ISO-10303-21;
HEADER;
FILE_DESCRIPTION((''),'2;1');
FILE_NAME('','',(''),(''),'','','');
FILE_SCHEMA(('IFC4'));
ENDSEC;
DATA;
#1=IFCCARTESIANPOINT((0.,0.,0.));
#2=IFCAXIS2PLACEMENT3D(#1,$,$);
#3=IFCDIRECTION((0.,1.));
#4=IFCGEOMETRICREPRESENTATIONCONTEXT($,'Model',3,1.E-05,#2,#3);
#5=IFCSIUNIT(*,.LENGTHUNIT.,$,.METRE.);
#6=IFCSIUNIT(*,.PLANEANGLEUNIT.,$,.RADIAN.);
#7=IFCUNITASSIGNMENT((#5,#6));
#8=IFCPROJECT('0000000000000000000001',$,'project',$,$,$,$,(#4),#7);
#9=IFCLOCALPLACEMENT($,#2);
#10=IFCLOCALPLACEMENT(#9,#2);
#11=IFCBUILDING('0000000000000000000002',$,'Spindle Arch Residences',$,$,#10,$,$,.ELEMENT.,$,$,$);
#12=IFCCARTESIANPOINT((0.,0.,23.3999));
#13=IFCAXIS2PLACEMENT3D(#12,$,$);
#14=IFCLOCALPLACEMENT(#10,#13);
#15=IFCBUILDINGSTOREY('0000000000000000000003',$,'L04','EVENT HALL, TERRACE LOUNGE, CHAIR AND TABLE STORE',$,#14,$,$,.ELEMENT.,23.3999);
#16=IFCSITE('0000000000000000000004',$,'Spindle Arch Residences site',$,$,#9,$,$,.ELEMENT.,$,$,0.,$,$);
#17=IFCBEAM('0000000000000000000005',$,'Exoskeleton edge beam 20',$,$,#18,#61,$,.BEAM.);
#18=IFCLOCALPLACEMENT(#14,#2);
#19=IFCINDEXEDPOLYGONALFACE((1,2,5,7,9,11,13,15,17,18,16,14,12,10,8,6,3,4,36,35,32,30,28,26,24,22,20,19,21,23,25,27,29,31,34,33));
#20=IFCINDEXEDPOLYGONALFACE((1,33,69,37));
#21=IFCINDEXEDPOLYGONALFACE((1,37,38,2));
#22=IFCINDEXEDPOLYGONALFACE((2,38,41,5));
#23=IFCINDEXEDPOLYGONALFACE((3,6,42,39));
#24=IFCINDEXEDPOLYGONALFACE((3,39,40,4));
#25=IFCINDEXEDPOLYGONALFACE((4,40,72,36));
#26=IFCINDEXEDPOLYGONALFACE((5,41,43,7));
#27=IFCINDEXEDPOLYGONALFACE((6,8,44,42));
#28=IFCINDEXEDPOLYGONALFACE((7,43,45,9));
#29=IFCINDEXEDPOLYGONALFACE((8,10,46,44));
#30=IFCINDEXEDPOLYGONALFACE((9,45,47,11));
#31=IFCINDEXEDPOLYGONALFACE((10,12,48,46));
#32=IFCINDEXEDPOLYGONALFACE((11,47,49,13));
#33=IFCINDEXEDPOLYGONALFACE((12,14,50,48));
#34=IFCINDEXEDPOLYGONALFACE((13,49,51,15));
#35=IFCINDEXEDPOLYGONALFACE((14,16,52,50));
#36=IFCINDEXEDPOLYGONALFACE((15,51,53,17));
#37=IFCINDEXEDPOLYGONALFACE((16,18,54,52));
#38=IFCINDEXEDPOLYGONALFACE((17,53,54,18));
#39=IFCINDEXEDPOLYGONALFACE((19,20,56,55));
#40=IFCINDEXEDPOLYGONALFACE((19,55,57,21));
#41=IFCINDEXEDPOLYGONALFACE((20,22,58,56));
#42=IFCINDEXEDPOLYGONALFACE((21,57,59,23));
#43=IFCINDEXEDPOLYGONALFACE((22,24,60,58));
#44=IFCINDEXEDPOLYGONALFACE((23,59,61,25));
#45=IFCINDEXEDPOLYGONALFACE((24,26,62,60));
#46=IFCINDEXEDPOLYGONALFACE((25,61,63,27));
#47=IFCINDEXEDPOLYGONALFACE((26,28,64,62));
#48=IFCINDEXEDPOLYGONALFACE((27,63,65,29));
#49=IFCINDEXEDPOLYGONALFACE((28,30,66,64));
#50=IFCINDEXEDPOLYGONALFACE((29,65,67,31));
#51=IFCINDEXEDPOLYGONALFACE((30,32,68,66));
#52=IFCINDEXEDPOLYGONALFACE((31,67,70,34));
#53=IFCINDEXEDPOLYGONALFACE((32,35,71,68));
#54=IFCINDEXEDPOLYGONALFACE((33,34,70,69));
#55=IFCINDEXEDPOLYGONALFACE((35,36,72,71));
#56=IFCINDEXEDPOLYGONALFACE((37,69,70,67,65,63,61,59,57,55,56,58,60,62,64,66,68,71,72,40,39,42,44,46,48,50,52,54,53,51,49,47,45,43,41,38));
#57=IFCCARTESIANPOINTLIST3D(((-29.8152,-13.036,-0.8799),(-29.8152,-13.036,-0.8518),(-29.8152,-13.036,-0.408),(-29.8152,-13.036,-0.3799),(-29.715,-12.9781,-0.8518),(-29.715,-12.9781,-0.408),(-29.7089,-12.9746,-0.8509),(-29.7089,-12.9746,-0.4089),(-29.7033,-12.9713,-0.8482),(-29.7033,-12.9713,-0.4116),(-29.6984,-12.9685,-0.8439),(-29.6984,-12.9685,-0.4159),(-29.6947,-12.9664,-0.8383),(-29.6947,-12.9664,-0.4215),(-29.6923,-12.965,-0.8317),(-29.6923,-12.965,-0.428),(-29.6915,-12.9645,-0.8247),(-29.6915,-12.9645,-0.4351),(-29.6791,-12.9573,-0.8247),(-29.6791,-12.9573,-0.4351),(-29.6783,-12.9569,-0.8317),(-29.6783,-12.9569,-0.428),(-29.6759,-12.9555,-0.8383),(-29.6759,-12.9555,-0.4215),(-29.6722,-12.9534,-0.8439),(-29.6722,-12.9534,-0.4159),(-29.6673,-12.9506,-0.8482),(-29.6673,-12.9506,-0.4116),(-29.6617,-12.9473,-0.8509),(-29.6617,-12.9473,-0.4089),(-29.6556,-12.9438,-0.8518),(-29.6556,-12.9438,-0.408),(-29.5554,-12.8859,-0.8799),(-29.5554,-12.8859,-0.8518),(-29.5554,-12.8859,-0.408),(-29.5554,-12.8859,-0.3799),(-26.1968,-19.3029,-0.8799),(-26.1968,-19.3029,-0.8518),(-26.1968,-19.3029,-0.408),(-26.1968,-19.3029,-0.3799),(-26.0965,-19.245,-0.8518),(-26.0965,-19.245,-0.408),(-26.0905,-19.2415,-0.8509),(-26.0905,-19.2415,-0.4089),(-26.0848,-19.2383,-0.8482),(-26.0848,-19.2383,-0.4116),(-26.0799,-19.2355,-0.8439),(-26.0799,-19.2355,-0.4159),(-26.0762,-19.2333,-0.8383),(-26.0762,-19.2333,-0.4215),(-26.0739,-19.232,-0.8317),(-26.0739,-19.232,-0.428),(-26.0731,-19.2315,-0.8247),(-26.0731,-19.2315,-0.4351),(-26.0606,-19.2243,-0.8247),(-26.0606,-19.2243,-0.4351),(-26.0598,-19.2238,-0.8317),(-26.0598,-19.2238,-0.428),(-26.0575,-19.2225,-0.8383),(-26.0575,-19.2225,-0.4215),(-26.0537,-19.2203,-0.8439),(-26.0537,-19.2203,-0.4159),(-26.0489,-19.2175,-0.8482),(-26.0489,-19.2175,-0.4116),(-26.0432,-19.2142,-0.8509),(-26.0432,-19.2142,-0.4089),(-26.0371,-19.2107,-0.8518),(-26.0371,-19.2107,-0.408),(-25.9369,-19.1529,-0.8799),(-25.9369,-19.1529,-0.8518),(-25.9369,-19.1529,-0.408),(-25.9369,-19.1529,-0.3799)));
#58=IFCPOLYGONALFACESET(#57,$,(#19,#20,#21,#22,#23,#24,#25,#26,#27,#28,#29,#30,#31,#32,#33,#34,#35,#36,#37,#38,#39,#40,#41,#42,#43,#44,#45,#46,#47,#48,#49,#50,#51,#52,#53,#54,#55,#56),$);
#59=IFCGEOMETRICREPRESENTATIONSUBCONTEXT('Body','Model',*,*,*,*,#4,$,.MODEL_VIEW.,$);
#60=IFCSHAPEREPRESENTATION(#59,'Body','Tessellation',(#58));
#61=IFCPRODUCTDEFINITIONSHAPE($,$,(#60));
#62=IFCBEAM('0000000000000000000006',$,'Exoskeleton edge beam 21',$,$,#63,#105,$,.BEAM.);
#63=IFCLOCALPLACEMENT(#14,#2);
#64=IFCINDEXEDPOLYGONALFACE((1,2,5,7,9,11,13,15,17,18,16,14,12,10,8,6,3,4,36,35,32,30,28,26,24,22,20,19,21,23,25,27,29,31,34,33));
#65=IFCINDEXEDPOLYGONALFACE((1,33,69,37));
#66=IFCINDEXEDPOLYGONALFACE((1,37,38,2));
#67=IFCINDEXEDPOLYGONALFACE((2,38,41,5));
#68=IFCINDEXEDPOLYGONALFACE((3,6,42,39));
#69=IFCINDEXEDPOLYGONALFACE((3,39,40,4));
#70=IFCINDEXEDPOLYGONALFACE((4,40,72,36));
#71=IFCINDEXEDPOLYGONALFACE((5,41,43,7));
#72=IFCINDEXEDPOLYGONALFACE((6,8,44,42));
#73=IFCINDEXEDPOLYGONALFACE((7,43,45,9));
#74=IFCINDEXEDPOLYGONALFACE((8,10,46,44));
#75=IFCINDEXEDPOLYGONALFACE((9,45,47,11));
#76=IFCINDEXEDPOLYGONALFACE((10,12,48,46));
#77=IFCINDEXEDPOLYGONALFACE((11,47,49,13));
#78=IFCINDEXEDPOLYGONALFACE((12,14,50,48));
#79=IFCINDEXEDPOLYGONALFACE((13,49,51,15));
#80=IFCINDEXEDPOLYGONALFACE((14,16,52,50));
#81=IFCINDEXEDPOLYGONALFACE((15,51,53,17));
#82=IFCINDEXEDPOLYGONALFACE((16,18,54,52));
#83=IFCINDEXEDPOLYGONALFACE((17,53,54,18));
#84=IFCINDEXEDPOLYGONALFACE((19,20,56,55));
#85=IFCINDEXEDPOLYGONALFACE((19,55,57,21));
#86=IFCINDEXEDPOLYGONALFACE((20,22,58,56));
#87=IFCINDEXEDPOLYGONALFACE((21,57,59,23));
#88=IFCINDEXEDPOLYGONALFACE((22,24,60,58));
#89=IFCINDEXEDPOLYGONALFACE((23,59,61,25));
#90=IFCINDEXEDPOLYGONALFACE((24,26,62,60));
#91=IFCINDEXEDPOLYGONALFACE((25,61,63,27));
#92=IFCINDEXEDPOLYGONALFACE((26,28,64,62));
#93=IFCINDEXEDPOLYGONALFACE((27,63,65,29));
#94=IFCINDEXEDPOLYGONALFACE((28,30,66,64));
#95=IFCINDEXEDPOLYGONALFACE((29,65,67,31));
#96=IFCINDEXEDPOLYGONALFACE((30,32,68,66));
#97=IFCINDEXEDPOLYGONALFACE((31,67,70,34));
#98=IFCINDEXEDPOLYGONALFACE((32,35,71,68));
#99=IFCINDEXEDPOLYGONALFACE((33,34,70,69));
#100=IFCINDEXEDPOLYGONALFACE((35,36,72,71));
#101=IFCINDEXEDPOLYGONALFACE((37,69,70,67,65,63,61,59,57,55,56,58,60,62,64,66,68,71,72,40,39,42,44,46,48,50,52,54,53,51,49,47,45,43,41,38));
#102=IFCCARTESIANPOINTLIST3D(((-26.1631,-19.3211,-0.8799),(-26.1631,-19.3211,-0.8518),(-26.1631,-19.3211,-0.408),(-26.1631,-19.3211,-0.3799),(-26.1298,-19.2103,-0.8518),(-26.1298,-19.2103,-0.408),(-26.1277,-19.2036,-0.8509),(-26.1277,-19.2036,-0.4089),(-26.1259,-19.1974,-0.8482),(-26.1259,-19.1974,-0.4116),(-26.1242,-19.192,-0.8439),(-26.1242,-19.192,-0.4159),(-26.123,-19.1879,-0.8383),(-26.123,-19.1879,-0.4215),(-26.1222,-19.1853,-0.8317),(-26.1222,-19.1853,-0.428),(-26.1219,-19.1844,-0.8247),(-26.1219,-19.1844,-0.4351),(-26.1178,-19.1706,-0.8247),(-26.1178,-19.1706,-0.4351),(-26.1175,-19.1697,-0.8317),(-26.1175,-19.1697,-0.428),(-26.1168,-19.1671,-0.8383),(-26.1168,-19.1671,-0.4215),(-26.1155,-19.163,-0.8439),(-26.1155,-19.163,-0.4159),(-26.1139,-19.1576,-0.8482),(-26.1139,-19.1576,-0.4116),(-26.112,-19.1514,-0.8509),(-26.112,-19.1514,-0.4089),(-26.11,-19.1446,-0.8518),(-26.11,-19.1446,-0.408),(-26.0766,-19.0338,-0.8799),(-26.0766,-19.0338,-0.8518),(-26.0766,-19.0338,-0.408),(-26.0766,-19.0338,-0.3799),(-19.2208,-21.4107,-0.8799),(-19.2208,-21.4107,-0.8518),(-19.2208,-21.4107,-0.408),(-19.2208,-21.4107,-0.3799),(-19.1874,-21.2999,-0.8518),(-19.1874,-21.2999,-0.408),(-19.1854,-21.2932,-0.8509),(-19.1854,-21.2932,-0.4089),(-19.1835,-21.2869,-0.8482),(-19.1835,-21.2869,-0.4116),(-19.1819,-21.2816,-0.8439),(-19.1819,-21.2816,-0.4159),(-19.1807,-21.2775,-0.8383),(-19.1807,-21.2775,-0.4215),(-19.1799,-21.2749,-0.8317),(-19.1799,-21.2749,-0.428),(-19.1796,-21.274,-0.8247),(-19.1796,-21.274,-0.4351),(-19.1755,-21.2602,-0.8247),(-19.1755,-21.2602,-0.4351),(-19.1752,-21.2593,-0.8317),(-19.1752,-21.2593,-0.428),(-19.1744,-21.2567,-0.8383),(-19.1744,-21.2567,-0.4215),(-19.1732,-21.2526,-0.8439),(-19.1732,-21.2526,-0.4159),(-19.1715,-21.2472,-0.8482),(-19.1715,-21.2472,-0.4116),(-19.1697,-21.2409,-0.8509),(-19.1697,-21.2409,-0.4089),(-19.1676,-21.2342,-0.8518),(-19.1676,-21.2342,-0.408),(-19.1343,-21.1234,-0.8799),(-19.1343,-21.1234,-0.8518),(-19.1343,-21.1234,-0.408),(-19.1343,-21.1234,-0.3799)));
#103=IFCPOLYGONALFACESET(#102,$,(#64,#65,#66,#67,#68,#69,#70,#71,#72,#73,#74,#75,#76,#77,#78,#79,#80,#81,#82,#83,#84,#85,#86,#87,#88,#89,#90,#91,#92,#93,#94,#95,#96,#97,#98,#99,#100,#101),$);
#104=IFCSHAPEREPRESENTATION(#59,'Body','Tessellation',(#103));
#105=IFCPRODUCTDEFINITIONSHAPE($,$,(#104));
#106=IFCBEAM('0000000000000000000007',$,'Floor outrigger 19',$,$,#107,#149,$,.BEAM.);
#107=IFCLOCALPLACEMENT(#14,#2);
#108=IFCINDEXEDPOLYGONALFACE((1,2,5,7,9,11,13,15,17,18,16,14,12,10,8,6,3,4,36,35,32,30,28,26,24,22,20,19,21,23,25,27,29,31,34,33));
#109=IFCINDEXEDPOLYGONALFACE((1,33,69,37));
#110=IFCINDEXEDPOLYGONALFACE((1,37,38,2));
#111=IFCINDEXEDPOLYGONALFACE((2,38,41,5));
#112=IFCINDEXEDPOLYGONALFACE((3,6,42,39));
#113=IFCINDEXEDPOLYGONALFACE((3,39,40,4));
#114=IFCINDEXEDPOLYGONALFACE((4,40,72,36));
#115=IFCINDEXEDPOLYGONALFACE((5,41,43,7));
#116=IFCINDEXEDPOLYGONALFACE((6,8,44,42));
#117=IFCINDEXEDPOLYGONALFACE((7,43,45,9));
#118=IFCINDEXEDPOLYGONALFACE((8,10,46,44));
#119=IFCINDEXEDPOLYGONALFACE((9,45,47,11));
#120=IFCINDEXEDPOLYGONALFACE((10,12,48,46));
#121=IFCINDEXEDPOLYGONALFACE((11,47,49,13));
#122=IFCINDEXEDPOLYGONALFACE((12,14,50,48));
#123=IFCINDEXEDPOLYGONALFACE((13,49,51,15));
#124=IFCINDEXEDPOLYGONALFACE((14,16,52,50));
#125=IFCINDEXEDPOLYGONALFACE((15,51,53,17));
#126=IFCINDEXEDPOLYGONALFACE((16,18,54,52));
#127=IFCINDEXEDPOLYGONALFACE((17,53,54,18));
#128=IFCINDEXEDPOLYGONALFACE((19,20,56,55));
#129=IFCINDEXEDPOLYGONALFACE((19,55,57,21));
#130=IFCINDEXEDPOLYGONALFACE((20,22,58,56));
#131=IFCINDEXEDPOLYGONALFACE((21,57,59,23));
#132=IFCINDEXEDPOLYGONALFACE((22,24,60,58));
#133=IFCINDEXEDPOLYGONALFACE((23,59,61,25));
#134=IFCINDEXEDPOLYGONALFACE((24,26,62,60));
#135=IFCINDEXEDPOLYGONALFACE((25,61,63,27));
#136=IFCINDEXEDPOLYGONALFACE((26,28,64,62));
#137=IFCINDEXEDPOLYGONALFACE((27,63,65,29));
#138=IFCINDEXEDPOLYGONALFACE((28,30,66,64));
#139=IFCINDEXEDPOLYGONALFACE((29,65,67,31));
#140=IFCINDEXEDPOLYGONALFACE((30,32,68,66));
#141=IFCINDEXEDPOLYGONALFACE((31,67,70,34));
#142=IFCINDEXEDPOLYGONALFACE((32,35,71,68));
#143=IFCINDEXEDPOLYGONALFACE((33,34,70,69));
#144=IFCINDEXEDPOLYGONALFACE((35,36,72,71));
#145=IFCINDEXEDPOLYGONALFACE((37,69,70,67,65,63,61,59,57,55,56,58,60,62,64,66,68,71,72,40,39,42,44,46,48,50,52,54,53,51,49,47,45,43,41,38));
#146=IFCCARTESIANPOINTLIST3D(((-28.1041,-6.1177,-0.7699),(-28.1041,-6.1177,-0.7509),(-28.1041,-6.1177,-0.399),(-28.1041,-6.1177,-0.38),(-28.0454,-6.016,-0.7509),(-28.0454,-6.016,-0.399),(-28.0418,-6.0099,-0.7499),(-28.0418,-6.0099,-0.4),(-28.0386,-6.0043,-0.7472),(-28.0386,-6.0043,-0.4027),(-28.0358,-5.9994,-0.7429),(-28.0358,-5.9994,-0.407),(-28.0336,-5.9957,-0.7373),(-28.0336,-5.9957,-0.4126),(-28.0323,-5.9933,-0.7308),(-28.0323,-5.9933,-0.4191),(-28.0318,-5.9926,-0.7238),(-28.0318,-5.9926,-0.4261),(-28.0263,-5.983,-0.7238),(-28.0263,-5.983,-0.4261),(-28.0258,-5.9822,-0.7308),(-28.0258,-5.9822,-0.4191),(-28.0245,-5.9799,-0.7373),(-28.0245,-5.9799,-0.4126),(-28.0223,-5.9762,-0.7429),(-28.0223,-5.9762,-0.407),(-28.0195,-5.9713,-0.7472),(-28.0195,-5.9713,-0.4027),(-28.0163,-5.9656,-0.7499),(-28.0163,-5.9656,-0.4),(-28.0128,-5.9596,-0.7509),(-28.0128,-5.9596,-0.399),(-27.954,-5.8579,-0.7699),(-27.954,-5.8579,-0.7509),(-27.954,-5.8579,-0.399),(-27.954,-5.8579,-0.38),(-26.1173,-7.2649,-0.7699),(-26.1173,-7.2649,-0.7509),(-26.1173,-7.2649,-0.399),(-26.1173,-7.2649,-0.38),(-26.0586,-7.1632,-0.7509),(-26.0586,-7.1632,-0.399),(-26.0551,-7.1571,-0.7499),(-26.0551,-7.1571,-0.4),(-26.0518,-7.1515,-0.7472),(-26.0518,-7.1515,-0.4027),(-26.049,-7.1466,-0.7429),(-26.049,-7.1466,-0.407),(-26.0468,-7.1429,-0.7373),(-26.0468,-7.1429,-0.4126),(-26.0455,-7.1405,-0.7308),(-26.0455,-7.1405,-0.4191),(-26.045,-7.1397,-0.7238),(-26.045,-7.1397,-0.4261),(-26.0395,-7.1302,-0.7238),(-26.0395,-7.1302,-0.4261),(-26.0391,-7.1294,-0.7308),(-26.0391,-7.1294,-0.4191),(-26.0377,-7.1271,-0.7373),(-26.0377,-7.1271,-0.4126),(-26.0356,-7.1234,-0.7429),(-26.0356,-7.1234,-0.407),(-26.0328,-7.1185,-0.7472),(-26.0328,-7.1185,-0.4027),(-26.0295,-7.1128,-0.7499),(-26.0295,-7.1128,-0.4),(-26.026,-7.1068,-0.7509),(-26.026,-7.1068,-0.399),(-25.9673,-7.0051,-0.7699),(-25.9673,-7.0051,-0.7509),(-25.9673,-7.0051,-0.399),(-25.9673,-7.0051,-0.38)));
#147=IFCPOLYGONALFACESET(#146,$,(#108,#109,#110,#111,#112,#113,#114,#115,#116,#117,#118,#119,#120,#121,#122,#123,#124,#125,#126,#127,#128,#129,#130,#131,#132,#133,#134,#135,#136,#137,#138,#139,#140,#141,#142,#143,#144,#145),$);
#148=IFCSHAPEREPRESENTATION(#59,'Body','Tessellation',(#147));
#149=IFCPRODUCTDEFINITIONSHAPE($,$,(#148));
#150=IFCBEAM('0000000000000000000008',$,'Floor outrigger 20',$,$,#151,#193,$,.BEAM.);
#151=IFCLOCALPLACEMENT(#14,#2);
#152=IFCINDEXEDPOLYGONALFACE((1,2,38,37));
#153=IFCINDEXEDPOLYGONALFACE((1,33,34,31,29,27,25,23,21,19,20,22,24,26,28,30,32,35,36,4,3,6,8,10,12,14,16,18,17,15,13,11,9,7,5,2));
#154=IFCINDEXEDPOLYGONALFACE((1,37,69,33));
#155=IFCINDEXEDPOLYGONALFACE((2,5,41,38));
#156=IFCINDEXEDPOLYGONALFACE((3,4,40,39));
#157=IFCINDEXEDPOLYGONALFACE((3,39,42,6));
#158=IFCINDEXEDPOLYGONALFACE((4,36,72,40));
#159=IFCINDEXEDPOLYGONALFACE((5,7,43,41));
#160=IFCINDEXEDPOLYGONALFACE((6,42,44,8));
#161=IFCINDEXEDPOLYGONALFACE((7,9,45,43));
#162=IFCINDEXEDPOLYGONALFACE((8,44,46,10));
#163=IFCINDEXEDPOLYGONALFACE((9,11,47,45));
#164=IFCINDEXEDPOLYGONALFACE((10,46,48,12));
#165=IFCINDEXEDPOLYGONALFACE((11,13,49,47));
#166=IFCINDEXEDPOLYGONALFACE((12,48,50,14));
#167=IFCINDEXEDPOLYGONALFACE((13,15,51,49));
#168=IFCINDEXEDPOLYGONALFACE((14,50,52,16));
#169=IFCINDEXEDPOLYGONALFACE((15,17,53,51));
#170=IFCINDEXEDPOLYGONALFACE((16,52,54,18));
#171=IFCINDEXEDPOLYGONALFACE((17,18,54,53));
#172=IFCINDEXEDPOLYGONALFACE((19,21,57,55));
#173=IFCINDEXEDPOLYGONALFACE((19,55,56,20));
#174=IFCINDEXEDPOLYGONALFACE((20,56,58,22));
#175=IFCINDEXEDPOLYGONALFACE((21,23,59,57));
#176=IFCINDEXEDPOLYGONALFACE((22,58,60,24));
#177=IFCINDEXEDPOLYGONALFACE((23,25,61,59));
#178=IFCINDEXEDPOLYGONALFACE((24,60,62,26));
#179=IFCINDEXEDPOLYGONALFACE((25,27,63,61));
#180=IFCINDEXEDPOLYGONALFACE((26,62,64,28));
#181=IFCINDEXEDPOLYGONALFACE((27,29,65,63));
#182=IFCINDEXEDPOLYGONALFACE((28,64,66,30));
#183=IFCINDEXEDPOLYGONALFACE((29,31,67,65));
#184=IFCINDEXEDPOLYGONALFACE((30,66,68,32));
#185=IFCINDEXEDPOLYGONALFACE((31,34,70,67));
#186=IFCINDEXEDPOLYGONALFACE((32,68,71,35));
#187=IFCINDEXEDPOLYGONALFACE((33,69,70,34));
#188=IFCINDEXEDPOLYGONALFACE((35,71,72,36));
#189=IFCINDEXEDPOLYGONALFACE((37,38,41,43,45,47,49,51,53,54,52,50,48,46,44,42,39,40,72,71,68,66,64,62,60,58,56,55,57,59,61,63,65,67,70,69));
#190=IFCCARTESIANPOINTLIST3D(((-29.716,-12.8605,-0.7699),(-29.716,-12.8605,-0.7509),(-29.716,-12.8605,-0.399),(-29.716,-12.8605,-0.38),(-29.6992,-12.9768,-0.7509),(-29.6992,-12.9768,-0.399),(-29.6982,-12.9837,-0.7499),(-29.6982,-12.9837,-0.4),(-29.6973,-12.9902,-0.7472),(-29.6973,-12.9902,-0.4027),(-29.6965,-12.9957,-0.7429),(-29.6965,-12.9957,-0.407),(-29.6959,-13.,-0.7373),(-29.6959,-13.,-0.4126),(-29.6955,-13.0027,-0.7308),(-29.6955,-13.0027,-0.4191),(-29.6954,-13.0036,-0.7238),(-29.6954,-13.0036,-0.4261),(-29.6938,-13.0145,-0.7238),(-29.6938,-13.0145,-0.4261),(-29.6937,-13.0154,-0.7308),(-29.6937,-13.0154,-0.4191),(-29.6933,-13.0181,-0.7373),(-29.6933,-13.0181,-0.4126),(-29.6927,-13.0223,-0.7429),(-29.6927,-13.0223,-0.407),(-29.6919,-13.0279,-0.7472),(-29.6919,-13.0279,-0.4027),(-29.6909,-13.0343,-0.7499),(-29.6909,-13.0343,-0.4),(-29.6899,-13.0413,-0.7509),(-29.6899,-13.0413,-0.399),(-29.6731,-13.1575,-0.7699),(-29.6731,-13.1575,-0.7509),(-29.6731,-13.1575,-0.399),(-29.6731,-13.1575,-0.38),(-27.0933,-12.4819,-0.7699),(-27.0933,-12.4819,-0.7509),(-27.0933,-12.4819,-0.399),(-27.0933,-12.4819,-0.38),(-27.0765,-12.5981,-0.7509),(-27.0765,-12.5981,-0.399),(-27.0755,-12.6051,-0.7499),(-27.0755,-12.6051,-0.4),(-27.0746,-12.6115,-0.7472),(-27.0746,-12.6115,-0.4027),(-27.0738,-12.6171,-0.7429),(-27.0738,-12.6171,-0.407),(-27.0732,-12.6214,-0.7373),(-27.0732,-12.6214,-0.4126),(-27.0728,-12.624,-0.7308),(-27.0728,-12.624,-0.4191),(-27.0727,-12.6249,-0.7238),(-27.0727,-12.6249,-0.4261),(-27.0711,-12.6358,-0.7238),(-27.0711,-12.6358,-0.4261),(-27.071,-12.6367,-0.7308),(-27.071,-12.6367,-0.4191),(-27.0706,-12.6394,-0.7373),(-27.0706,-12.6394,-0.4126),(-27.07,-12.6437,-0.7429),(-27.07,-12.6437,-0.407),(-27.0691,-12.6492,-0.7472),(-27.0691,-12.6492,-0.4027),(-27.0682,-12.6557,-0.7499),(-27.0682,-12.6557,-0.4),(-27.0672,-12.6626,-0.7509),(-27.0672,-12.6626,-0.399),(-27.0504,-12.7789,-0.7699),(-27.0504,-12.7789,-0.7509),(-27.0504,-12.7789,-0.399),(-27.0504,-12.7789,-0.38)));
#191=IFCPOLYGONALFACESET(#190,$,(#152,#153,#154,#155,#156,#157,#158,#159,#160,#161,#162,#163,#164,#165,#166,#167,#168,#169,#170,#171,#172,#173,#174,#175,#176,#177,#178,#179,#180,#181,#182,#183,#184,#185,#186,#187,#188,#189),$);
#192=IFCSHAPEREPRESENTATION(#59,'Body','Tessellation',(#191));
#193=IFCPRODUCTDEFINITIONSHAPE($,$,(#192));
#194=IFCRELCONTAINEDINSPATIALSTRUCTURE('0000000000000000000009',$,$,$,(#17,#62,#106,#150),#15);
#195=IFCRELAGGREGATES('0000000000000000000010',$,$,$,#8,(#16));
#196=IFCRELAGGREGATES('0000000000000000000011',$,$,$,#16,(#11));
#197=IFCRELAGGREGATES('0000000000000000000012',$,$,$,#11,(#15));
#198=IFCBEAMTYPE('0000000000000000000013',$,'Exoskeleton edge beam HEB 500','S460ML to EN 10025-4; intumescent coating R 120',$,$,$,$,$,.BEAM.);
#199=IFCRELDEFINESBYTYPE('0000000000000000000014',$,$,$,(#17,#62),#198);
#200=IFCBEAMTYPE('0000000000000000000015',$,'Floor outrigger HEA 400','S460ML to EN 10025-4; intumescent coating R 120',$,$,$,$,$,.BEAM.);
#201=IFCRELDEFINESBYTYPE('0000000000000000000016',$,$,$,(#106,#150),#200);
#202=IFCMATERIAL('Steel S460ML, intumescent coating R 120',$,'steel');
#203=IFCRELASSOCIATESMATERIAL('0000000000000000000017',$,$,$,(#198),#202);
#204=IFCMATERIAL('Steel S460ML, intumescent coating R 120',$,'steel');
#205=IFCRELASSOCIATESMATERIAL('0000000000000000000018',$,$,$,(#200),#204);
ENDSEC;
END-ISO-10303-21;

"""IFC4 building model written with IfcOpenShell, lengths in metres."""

from ifc_helpers import new_model, si_unit, direction, frame, origin, origin_2d, place, context, subcontext, project, spatial, i_section, extrude, material, material_profile, profile_set, type_object, element, save


model = new_model("IFC4")

# Units and contexts
model_context = context("Model", 3, precision=1e-05, world=origin(), true_north=direction((0.0, 1.0)))
body_context = subcontext(model_context, "Body", "Model", "MODEL_VIEW")
ifc_project = project(units=[si_unit("LENGTHUNIT", "METRE"), si_unit("PLANEANGLEUNIT", "RADIAN")], contexts=[model_context])

# Site, building, storey
site_placement = place(None, origin())
site = spatial("IfcSite", under=ifc_project, at=site_placement, Name="Spindle Arch Residences site", CompositionType="ELEMENT", RefElevation=0.0)
building_placement = place(site_placement, origin())
building = spatial("IfcBuilding", under=site, at=building_placement, Name="Spindle Arch Residences", CompositionType="ELEMENT")
storey_placement = place(building_placement, frame((0.0, 0.0, 23.3999)))
storey = spatial("IfcBuildingStorey", under=building, at=storey_placement, Name="L04", Description="EVENT HALL, TERRACE LOUNGE, CHAIR AND TABLE STORE", CompositionType="ELEMENT", Elevation=23.3999)

# Beams
ifc_material_1 = material(Name="Steel S460ML, intumescent coating R 120", Category="steel")
ifc_material_profile_1 = material_profile(ifc_material_1, i_section(OverallWidth=0.3, OverallDepth=0.5, WebThickness=0.0144, FlangeThickness=0.0281, FilletRadius=0.0271, at=origin_2d()), Name="HEB 500")
ifc_profile_set_1 = profile_set([ifc_material_profile_1], Name="Steel S460ML, intumescent coating R 120")
beam_type_1 = type_object("IfcBeamType", Name="Exoskeleton edge beam HEB 500", Description="S460ML to EN 10025-4; intumescent coating R 120", PredefinedType="BEAM", material=ifc_profile_set_1)
beam_1_placement = place(storey_placement, frame((-29.6853, -12.9609, -0.6299), z_axis=(0.500025, -0.866011, 0.0), x_axis=(0.866011, 0.500025, 0.0)))
element("IfcBeam", 1, at=beam_1_placement, inside=storey, type_object=beam_type_1, Name="Exoskeleton edge beam 20", PredefinedType="BEAM", context=body_context, shape_type="SweptSolid", body=[
    extrude(i_section(OverallWidth=0.3, OverallDepth=0.5, WebThickness=0.0144, FlangeThickness=0.0281, FilletRadius=0.0271, at=origin_2d()), origin(), (0.0, 0.0, 1.0), 7.2366),
])
beam_2_placement = place(storey_placement, frame((-26.1199, -19.1775, -0.6299), z_axis=(0.957565, -0.288219, 0.0), x_axis=(0.288219, 0.957565, 0.0)))
element("IfcBeam", 2, at=beam_2_placement, inside=storey, type_object=beam_type_1, Name="Exoskeleton edge beam 21", PredefinedType="BEAM", context=body_context, shape_type="SweptSolid", body=[
    extrude(i_section(OverallWidth=0.3, OverallDepth=0.5, WebThickness=0.0144, FlangeThickness=0.0281, FilletRadius=0.0271, at=origin_2d()), origin(), (0.0, 0.0, 1.0), 7.25),
])
ifc_material_2 = material(Name="Steel S460ML, intumescent coating R 120", Category="steel")
ifc_material_profile_2 = material_profile(ifc_material_2, i_section(OverallWidth=0.3, OverallDepth=0.3899, WebThickness=0.011, FlangeThickness=0.019, FilletRadius=0.0271, at=origin_2d()), Name="HEA 400")
ifc_profile_set_2 = profile_set([ifc_material_profile_2], Name="Steel S460ML, intumescent coating R 120")
beam_type_2 = type_object("IfcBeamType", Name="Floor outrigger HEA 400", Description="S460ML to EN 10025-4; intumescent coating R 120", PredefinedType="BEAM", material=ifc_profile_set_2)
beam_3_placement = place(storey_placement, frame((-28.0291, -5.9878, -0.575), z_axis=(0.866001, -0.500042, 0.0), x_axis=(0.500042, 0.866001, 0.0)))
element("IfcBeam", 3, at=beam_3_placement, inside=storey, type_object=beam_type_2, Name="Floor outrigger 19", PredefinedType="BEAM", context=body_context, shape_type="SweptSolid", body=[
    extrude(i_section(OverallWidth=0.3, OverallDepth=0.3899, WebThickness=0.011, FlangeThickness=0.019, FilletRadius=0.0271, at=origin_2d()), origin(), (0.0, 0.0, 1.0), 2.2942),
])
for number, where, z_axis, x_axis, name in (
    (4, (-29.6946, -13.009, -0.575), (0.989738, 0.142892, 0.0), (-0.142892, 0.989738, 0.0), "Floor outrigger 20"),
):
    element("IfcBeam", number, at=place(storey_placement, frame(where, z_axis=z_axis, x_axis=x_axis)), inside=storey, type_object=beam_type_2, Name=name, PredefinedType="BEAM", context=body_context, shape_type="SweptSolid", body=[
        extrude(i_section(OverallWidth=0.3, OverallDepth=0.3899, WebThickness=0.011, FlangeThickness=0.019, FilletRadius=0.0271, at=origin_2d()), origin(), (0.0, 0.0, 1.0), 2.6499),
    ])

save(model, "model.ifc")
